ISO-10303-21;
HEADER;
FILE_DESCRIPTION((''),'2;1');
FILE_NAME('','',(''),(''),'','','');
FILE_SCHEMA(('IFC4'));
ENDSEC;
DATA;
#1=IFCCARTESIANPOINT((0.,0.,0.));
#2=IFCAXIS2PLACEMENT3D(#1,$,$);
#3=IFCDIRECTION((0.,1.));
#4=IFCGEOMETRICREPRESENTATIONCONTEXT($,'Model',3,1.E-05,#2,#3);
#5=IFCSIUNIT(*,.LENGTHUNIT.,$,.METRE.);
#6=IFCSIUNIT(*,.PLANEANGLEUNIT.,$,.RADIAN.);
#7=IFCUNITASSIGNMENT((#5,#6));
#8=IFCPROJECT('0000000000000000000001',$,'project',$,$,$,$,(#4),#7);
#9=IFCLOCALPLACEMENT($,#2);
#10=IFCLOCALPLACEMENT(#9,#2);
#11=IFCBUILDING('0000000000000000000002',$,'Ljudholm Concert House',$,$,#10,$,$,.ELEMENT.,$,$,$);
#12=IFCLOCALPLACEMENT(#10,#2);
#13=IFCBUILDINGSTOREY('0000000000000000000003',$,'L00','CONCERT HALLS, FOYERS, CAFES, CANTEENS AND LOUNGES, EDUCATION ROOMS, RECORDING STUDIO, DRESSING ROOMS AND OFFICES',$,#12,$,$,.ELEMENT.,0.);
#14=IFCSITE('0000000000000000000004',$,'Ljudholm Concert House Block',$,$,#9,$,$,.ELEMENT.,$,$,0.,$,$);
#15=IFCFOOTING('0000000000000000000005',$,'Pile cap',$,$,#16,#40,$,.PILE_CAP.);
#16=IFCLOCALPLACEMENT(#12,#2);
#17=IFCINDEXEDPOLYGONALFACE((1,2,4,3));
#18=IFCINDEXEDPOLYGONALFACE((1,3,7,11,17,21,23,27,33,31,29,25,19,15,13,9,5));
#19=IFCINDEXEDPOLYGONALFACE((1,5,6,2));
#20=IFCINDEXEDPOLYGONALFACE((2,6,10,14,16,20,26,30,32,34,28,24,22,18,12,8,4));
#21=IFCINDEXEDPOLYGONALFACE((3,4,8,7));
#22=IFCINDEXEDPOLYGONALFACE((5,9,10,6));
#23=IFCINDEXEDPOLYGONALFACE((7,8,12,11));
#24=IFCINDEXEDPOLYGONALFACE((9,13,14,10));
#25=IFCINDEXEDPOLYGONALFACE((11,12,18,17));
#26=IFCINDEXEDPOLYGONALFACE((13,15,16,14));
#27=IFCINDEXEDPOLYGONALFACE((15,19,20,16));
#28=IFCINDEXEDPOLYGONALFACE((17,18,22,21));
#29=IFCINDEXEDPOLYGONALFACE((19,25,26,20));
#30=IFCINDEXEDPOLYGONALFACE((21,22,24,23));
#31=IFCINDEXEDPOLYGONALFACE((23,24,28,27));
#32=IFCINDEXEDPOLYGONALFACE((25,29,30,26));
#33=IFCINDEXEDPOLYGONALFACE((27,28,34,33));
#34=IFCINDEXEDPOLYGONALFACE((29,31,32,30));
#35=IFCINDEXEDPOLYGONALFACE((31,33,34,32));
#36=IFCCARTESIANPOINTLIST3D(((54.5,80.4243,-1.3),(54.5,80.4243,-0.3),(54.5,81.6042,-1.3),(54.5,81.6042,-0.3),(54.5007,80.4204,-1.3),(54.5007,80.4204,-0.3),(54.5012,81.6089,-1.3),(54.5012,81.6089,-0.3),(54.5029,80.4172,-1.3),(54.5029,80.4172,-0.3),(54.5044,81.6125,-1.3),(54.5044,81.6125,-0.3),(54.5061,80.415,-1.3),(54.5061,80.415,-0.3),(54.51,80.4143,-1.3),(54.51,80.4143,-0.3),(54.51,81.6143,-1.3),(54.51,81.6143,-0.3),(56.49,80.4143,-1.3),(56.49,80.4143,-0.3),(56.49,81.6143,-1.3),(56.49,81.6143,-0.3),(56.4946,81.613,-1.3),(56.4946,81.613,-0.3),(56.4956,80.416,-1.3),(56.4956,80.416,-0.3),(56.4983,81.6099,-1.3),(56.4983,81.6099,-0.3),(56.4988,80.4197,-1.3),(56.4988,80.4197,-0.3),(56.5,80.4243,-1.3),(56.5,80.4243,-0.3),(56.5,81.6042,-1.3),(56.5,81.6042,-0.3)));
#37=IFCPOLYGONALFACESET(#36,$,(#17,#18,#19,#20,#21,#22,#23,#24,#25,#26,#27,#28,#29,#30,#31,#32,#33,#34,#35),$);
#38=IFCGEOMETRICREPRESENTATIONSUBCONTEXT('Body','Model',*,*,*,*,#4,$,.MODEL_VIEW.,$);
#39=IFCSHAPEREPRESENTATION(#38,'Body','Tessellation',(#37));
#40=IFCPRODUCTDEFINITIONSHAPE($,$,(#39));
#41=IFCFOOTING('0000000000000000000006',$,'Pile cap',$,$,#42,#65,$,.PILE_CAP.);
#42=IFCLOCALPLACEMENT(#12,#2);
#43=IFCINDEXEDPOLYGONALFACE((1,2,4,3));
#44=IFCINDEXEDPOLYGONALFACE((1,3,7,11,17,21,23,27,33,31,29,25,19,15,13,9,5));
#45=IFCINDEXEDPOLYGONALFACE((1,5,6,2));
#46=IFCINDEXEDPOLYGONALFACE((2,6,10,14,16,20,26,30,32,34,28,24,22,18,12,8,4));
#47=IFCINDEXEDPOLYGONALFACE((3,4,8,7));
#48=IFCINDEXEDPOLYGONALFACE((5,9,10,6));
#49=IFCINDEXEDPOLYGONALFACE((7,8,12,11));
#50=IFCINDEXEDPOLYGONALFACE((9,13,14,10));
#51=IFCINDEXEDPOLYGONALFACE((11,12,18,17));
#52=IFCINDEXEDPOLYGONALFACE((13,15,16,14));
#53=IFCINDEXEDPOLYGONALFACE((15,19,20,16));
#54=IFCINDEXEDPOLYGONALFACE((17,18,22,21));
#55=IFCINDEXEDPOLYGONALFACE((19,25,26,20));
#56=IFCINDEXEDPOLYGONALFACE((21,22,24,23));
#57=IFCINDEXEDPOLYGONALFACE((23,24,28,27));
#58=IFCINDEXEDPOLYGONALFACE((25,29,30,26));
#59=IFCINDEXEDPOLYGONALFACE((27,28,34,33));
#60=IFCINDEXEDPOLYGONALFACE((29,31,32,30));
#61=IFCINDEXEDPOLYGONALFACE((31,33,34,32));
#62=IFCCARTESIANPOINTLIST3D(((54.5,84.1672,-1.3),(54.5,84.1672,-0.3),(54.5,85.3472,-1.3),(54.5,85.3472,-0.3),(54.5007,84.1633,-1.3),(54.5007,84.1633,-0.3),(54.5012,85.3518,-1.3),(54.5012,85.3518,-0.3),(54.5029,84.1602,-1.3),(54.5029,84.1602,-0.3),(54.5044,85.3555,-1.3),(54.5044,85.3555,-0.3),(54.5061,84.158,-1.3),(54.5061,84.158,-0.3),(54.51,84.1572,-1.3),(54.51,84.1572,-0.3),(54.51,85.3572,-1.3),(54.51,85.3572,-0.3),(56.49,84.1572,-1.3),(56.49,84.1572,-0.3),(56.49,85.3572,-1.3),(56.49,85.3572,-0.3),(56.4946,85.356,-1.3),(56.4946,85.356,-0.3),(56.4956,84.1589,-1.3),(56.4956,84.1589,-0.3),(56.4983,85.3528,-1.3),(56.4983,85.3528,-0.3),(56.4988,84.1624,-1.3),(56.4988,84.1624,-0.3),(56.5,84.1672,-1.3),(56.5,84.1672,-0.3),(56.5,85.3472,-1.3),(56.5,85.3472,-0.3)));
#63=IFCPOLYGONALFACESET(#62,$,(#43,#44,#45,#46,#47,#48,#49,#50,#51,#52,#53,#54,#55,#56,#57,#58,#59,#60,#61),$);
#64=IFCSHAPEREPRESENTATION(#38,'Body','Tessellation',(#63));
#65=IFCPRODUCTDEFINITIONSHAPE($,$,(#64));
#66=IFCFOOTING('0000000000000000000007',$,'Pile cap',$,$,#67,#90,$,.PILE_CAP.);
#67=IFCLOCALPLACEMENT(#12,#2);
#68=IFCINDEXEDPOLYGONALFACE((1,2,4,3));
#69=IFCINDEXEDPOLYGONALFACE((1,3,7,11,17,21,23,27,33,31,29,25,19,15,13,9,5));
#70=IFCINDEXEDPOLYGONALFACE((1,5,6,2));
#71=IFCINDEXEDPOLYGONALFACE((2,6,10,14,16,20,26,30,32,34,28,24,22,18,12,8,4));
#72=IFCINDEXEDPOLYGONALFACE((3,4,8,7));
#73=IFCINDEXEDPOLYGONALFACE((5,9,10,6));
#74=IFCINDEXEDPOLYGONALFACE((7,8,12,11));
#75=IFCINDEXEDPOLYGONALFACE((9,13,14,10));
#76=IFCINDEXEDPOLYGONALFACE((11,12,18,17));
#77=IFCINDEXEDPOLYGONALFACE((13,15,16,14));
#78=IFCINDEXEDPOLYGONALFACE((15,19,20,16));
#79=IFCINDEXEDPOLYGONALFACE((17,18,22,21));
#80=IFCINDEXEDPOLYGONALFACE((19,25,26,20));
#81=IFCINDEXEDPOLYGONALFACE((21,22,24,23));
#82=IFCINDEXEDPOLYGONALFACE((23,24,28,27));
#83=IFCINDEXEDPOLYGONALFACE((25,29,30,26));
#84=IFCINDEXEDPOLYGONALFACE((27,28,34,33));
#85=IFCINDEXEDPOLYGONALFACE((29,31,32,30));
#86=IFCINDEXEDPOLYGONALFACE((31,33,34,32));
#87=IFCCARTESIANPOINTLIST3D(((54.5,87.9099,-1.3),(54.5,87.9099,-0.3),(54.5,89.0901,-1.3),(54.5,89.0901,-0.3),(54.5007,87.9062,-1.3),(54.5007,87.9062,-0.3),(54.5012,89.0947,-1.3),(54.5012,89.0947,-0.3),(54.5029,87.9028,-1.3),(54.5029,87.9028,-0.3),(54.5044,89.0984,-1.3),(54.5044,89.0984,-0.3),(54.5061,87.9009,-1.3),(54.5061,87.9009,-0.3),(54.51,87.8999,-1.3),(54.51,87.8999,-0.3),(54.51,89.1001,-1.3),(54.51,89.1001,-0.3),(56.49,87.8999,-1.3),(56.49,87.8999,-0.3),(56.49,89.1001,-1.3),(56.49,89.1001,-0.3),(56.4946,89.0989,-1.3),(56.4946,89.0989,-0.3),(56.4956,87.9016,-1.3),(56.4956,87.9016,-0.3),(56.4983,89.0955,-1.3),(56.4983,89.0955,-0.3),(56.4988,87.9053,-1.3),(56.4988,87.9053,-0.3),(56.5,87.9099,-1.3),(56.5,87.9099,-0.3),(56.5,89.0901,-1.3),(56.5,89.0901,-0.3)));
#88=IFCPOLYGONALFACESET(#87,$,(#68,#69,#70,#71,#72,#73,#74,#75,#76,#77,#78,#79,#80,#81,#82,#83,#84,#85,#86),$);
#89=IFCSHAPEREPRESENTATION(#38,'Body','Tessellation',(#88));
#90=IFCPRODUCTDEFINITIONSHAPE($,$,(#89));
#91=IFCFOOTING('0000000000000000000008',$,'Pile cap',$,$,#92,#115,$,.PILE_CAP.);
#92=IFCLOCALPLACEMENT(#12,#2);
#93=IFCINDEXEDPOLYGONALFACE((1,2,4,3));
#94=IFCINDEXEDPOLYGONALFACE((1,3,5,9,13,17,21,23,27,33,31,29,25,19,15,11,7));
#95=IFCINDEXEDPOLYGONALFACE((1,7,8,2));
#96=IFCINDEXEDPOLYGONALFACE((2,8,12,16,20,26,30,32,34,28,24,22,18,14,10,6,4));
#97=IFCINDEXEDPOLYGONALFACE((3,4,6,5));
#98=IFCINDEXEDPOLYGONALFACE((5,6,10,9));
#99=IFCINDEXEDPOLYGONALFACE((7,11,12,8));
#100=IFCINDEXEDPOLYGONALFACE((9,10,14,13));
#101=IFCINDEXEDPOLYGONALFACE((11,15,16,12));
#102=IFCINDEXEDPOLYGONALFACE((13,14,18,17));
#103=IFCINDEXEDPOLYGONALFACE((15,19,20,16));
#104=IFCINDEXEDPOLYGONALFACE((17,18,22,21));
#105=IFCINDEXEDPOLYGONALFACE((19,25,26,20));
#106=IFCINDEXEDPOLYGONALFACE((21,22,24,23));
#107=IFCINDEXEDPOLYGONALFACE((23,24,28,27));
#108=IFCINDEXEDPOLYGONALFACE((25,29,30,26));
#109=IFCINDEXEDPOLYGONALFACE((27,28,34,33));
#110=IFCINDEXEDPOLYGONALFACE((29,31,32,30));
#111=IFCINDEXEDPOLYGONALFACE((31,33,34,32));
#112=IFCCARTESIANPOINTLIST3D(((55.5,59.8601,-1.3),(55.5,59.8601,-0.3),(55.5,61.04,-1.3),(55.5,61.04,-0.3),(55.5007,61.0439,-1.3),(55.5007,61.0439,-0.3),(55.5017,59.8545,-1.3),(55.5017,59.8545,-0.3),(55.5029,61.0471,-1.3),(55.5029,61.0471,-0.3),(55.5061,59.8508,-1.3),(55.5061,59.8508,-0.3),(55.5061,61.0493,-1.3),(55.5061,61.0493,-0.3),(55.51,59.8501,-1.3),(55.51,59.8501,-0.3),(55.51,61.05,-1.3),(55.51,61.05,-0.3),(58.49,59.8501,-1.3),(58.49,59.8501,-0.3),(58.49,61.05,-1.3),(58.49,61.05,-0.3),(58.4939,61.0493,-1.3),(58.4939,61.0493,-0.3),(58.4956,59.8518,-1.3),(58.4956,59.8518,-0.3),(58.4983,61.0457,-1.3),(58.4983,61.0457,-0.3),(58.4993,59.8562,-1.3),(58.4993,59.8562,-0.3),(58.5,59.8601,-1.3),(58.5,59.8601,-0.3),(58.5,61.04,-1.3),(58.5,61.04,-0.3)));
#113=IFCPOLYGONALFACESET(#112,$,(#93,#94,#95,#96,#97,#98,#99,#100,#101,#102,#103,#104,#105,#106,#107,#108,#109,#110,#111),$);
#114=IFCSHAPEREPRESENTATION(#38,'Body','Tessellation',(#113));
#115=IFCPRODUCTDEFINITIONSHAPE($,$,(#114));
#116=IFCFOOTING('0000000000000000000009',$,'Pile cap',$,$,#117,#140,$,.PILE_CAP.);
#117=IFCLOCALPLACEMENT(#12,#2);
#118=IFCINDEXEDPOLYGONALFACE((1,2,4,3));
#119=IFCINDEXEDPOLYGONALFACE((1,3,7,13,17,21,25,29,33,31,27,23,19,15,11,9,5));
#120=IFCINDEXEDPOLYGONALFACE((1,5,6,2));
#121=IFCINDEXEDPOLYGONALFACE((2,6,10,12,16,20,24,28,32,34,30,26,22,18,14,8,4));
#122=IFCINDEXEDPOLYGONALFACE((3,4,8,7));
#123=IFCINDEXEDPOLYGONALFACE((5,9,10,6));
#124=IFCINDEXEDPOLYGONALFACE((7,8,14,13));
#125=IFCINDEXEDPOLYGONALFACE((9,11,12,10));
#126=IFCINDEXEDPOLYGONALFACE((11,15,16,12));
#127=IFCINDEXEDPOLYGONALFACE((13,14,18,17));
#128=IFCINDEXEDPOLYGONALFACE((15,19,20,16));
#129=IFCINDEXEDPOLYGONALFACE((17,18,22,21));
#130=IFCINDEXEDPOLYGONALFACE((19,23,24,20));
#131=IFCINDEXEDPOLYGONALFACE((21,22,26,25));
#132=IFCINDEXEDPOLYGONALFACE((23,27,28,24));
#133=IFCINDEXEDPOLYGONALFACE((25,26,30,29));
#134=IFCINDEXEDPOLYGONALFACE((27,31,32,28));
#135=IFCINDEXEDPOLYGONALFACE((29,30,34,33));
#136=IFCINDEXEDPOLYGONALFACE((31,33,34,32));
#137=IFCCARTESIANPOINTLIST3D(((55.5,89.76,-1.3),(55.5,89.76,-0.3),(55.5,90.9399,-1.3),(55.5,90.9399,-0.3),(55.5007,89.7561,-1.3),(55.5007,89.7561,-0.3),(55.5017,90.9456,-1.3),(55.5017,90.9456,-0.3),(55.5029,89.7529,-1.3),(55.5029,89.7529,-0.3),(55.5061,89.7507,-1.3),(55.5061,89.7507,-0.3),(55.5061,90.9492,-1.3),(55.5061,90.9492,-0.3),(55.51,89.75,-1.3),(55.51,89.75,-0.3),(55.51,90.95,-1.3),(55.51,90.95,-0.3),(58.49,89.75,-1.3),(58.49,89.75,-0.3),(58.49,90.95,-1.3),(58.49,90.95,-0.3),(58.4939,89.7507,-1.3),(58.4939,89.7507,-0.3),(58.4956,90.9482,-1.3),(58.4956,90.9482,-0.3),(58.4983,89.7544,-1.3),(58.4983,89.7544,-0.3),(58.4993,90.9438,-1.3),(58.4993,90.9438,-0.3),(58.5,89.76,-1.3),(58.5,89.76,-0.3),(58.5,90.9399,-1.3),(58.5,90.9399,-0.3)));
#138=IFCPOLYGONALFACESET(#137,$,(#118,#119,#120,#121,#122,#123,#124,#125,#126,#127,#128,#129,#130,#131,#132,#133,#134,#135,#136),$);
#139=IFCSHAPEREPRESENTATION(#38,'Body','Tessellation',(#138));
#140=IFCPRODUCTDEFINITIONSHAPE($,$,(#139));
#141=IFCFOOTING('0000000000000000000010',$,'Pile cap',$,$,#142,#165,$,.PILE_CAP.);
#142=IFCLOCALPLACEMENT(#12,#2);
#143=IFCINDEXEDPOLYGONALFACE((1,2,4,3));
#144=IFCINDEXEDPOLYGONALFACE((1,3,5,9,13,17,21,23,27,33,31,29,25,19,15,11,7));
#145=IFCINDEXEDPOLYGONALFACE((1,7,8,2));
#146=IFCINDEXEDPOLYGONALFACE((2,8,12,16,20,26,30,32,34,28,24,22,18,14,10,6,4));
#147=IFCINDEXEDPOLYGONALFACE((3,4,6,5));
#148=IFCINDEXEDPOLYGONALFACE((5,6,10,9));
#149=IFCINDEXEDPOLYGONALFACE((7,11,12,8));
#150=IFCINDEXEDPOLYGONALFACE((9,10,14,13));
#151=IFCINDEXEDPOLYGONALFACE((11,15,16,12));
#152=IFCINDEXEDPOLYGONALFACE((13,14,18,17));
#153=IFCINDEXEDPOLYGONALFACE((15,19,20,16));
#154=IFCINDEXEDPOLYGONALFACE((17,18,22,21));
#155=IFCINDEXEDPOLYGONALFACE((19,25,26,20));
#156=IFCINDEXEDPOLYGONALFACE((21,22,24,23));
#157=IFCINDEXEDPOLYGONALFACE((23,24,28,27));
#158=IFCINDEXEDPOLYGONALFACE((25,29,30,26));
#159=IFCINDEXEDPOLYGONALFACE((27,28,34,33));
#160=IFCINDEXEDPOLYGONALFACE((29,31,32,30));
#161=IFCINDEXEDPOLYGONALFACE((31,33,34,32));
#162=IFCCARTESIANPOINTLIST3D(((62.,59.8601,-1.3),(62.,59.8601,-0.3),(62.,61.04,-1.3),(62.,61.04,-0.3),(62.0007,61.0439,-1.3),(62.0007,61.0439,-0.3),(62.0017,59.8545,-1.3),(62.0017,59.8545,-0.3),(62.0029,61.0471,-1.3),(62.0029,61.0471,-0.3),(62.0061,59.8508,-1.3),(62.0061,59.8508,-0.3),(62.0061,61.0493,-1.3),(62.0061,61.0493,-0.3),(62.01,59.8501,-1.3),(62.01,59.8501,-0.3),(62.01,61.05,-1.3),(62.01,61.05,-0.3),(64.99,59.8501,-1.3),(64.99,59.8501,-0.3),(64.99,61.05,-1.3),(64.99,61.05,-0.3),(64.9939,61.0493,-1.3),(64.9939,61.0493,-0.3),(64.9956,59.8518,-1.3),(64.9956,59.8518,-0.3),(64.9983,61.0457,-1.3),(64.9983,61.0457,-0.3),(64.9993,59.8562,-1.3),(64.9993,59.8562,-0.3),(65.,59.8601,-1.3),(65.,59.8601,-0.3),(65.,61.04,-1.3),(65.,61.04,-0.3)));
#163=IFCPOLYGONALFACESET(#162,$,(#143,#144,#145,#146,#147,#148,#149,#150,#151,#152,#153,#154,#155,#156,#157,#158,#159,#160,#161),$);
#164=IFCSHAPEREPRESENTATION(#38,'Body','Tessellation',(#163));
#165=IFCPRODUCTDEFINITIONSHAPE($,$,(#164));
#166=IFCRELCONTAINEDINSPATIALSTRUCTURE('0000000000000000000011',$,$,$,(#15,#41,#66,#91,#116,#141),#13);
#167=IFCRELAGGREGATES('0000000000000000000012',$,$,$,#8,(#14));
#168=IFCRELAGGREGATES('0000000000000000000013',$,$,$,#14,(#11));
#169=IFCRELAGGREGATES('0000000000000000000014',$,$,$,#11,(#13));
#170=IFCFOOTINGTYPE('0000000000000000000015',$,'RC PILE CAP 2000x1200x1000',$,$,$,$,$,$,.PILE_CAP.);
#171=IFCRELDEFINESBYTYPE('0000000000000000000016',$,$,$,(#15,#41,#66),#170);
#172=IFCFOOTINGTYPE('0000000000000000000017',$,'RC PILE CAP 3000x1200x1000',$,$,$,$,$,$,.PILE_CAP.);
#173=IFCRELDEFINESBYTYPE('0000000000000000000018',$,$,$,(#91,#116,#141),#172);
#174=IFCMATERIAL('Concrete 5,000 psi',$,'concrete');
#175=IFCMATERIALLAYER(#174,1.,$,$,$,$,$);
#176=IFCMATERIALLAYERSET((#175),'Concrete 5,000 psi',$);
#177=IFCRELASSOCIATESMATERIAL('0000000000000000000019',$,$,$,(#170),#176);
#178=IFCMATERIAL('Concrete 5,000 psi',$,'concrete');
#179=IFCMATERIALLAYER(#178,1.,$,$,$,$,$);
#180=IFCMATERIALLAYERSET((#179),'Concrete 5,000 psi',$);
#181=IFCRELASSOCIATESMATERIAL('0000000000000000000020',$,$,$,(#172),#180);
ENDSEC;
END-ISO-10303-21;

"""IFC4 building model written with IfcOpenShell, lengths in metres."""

from ifc_helpers import new_model, si_unit, direction, frame, origin, place, context, subcontext, project, spatial, polyline, outline, extrude, material, layer, layer_set, type_object, element, save


model = new_model("IFC4")

# Units and contexts
model_context = context("Model", 3, precision=1e-05, world=origin(), true_north=direction((0.0, 1.0)))
body_context = subcontext(model_context, "Body", "Model", "MODEL_VIEW")
ifc_project = project(units=[si_unit("LENGTHUNIT", "METRE"), si_unit("PLANEANGLEUNIT", "RADIAN")], contexts=[model_context])

# Site, building, storey
site_placement = place(None, origin())
site = spatial("IfcSite", under=ifc_project, at=site_placement, Name="Ljudholm Concert House Block", CompositionType="ELEMENT", RefElevation=0.0)
building_placement = place(site_placement, origin())
building = spatial("IfcBuilding", under=site, at=building_placement, Name="Ljudholm Concert House", CompositionType="ELEMENT")
storey_placement = place(building_placement, origin())
storey = spatial("IfcBuildingStorey", under=building, at=storey_placement, Name="L00", Description="CONCERT HALLS, FOYERS, CAFES, CANTEENS AND LOUNGES, EDUCATION ROOMS, RECORDING STUDIO, DRESSING ROOMS AND OFFICES", CompositionType="ELEMENT", Elevation=0.0)

# Footings
ifc_material_1 = material(Name="Concrete 5,000 psi", Category="concrete")
ifc_layer_1 = layer(ifc_material_1, 1.0)
ifc_layer_set_1 = layer_set([ifc_layer_1], Name="Concrete 5,000 psi")
footing_type_1 = type_object("IfcFootingType", Name="RC PILE CAP 2000x1200x1000", PredefinedType="PILE_CAP", material=ifc_layer_set_1)
footing_1_placement = place(storey_placement, frame((0.0, 0.0, -1.3)))
element("IfcFooting", 1, at=footing_1_placement, inside=storey, type_object=footing_type_1, Name="Pile cap", PredefinedType="PILE_CAP", context=body_context, shape_type="SweptSolid", body=[
    extrude(outline(polyline([(54.51, 80.4143), (56.49, 80.4143), (56.4956, 80.416), (56.4988, 80.4197), (56.5, 80.4243), (56.5, 81.6042), (56.4983, 81.6099), (56.4946, 81.613), (56.49, 81.6143), (54.51, 81.6143), (54.5044, 81.6125), (54.5012, 81.6089), (54.5, 81.6042), (54.5, 80.4243), (54.5007, 80.4204), (54.5029, 80.4172), (54.5061, 80.415), (54.51, 80.4143)])), origin(), (0.0, 0.0, 1.0), 1.0),
])
footing_2_placement = place(storey_placement, frame((0.0, 0.0, -1.3)))
element("IfcFooting", 2, at=footing_2_placement, inside=storey, type_object=footing_type_1, Name="Pile cap", PredefinedType="PILE_CAP", context=body_context, shape_type="SweptSolid", body=[
    extrude(outline(polyline([(54.51, 84.1572), (56.49, 84.1572), (56.4956, 84.1589), (56.4988, 84.1624), (56.5, 84.1672), (56.5, 85.3472), (56.4983, 85.3528), (56.4946, 85.356), (56.49, 85.3572), (54.51, 85.3572), (54.5044, 85.3555), (54.5012, 85.3518), (54.5, 85.3472), (54.5, 84.1672), (54.5007, 84.1633), (54.5029, 84.1602), (54.5061, 84.158), (54.51, 84.1572)])), origin(), (0.0, 0.0, 1.0), 1.0),
])
footing_3_placement = place(storey_placement, frame((0.0, 0.0, -1.3)))
element("IfcFooting", 3, at=footing_3_placement, inside=storey, type_object=footing_type_1, Name="Pile cap", PredefinedType="PILE_CAP", context=body_context, shape_type="SweptSolid", body=[
    extrude(outline(polyline([(54.51, 87.8999), (56.49, 87.8999), (56.4956, 87.9016), (56.4988, 87.9053), (56.5, 87.9099), (56.5, 89.0901), (56.4983, 89.0955), (56.4946, 89.0989), (56.49, 89.1001), (54.51, 89.1001), (54.5044, 89.0984), (54.5012, 89.0947), (54.5, 89.0901), (54.5, 87.9099), (54.5007, 87.9062), (54.5029, 87.9028), (54.5061, 87.9009), (54.51, 87.8999)])), origin(), (0.0, 0.0, 1.0), 1.0),
])
ifc_material_2 = material(Name="Concrete 5,000 psi", Category="concrete")
ifc_layer_2 = layer(ifc_material_2, 1.0)
ifc_layer_set_2 = layer_set([ifc_layer_2], Name="Concrete 5,000 psi")
footing_type_2 = type_object("IfcFootingType", Name="RC PILE CAP 3000x1200x1000", PredefinedType="PILE_CAP", material=ifc_layer_set_2)
footing_4_placement = place(storey_placement, frame((0.0, 0.0, -1.3)))
element("IfcFooting", 4, at=footing_4_placement, inside=storey, type_object=footing_type_2, Name="Pile cap", PredefinedType="PILE_CAP", context=body_context, shape_type="SweptSolid", body=[
    extrude(outline(polyline([(55.5, 61.04), (55.5, 59.8601), (55.5017, 59.8545), (55.5061, 59.8508), (55.51, 59.8501), (58.49, 59.8501), (58.4956, 59.8518), (58.4993, 59.8562), (58.5, 59.8601), (58.5, 61.04), (58.4983, 61.0457), (58.4939, 61.0493), (58.49, 61.05), (55.51, 61.05), (55.5061, 61.0493), (55.5029, 61.0471), (55.5007, 61.0439), (55.5, 61.04)])), origin(), (0.0, 0.0, 1.0), 1.0),
])
footing_5_placement = place(storey_placement, frame((0.0, 0.0, -1.3)))
element("IfcFooting", 5, at=footing_5_placement, inside=storey, type_object=footing_type_2, Name="Pile cap", PredefinedType="PILE_CAP", context=body_context, shape_type="SweptSolid", body=[
    extrude(outline(polyline([(55.51, 89.75), (58.49, 89.75), (58.4939, 89.7507), (58.4983, 89.7544), (58.5, 89.76), (58.5, 90.9399), (58.4993, 90.9438), (58.4956, 90.9482), (58.49, 90.95), (55.51, 90.95), (55.5061, 90.9492), (55.5017, 90.9456), (55.5, 90.9399), (55.5, 89.76), (55.5007, 89.7561), (55.5029, 89.7529), (55.5061, 89.7507), (55.51, 89.75)])), origin(), (0.0, 0.0, 1.0), 1.0),
])
footing_6_placement = place(storey_placement, frame((0.0, 0.0, -1.3)))
element("IfcFooting", 6, at=footing_6_placement, inside=storey, type_object=footing_type_2, Name="Pile cap", PredefinedType="PILE_CAP", context=body_context, shape_type="SweptSolid", body=[
    extrude(outline(polyline([(62.0, 61.04), (62.0, 59.8601), (62.0017, 59.8545), (62.0061, 59.8508), (62.01, 59.8501), (64.99, 59.8501), (64.9956, 59.8518), (64.9993, 59.8562), (65.0, 59.8601), (65.0, 61.04), (64.9983, 61.0457), (64.9939, 61.0493), (64.99, 61.05), (62.01, 61.05), (62.0061, 61.0493), (62.0029, 61.0471), (62.0007, 61.0439), (62.0, 61.04)])), origin(), (0.0, 0.0, 1.0), 1.0),
])

save(model, "model.ifc")
